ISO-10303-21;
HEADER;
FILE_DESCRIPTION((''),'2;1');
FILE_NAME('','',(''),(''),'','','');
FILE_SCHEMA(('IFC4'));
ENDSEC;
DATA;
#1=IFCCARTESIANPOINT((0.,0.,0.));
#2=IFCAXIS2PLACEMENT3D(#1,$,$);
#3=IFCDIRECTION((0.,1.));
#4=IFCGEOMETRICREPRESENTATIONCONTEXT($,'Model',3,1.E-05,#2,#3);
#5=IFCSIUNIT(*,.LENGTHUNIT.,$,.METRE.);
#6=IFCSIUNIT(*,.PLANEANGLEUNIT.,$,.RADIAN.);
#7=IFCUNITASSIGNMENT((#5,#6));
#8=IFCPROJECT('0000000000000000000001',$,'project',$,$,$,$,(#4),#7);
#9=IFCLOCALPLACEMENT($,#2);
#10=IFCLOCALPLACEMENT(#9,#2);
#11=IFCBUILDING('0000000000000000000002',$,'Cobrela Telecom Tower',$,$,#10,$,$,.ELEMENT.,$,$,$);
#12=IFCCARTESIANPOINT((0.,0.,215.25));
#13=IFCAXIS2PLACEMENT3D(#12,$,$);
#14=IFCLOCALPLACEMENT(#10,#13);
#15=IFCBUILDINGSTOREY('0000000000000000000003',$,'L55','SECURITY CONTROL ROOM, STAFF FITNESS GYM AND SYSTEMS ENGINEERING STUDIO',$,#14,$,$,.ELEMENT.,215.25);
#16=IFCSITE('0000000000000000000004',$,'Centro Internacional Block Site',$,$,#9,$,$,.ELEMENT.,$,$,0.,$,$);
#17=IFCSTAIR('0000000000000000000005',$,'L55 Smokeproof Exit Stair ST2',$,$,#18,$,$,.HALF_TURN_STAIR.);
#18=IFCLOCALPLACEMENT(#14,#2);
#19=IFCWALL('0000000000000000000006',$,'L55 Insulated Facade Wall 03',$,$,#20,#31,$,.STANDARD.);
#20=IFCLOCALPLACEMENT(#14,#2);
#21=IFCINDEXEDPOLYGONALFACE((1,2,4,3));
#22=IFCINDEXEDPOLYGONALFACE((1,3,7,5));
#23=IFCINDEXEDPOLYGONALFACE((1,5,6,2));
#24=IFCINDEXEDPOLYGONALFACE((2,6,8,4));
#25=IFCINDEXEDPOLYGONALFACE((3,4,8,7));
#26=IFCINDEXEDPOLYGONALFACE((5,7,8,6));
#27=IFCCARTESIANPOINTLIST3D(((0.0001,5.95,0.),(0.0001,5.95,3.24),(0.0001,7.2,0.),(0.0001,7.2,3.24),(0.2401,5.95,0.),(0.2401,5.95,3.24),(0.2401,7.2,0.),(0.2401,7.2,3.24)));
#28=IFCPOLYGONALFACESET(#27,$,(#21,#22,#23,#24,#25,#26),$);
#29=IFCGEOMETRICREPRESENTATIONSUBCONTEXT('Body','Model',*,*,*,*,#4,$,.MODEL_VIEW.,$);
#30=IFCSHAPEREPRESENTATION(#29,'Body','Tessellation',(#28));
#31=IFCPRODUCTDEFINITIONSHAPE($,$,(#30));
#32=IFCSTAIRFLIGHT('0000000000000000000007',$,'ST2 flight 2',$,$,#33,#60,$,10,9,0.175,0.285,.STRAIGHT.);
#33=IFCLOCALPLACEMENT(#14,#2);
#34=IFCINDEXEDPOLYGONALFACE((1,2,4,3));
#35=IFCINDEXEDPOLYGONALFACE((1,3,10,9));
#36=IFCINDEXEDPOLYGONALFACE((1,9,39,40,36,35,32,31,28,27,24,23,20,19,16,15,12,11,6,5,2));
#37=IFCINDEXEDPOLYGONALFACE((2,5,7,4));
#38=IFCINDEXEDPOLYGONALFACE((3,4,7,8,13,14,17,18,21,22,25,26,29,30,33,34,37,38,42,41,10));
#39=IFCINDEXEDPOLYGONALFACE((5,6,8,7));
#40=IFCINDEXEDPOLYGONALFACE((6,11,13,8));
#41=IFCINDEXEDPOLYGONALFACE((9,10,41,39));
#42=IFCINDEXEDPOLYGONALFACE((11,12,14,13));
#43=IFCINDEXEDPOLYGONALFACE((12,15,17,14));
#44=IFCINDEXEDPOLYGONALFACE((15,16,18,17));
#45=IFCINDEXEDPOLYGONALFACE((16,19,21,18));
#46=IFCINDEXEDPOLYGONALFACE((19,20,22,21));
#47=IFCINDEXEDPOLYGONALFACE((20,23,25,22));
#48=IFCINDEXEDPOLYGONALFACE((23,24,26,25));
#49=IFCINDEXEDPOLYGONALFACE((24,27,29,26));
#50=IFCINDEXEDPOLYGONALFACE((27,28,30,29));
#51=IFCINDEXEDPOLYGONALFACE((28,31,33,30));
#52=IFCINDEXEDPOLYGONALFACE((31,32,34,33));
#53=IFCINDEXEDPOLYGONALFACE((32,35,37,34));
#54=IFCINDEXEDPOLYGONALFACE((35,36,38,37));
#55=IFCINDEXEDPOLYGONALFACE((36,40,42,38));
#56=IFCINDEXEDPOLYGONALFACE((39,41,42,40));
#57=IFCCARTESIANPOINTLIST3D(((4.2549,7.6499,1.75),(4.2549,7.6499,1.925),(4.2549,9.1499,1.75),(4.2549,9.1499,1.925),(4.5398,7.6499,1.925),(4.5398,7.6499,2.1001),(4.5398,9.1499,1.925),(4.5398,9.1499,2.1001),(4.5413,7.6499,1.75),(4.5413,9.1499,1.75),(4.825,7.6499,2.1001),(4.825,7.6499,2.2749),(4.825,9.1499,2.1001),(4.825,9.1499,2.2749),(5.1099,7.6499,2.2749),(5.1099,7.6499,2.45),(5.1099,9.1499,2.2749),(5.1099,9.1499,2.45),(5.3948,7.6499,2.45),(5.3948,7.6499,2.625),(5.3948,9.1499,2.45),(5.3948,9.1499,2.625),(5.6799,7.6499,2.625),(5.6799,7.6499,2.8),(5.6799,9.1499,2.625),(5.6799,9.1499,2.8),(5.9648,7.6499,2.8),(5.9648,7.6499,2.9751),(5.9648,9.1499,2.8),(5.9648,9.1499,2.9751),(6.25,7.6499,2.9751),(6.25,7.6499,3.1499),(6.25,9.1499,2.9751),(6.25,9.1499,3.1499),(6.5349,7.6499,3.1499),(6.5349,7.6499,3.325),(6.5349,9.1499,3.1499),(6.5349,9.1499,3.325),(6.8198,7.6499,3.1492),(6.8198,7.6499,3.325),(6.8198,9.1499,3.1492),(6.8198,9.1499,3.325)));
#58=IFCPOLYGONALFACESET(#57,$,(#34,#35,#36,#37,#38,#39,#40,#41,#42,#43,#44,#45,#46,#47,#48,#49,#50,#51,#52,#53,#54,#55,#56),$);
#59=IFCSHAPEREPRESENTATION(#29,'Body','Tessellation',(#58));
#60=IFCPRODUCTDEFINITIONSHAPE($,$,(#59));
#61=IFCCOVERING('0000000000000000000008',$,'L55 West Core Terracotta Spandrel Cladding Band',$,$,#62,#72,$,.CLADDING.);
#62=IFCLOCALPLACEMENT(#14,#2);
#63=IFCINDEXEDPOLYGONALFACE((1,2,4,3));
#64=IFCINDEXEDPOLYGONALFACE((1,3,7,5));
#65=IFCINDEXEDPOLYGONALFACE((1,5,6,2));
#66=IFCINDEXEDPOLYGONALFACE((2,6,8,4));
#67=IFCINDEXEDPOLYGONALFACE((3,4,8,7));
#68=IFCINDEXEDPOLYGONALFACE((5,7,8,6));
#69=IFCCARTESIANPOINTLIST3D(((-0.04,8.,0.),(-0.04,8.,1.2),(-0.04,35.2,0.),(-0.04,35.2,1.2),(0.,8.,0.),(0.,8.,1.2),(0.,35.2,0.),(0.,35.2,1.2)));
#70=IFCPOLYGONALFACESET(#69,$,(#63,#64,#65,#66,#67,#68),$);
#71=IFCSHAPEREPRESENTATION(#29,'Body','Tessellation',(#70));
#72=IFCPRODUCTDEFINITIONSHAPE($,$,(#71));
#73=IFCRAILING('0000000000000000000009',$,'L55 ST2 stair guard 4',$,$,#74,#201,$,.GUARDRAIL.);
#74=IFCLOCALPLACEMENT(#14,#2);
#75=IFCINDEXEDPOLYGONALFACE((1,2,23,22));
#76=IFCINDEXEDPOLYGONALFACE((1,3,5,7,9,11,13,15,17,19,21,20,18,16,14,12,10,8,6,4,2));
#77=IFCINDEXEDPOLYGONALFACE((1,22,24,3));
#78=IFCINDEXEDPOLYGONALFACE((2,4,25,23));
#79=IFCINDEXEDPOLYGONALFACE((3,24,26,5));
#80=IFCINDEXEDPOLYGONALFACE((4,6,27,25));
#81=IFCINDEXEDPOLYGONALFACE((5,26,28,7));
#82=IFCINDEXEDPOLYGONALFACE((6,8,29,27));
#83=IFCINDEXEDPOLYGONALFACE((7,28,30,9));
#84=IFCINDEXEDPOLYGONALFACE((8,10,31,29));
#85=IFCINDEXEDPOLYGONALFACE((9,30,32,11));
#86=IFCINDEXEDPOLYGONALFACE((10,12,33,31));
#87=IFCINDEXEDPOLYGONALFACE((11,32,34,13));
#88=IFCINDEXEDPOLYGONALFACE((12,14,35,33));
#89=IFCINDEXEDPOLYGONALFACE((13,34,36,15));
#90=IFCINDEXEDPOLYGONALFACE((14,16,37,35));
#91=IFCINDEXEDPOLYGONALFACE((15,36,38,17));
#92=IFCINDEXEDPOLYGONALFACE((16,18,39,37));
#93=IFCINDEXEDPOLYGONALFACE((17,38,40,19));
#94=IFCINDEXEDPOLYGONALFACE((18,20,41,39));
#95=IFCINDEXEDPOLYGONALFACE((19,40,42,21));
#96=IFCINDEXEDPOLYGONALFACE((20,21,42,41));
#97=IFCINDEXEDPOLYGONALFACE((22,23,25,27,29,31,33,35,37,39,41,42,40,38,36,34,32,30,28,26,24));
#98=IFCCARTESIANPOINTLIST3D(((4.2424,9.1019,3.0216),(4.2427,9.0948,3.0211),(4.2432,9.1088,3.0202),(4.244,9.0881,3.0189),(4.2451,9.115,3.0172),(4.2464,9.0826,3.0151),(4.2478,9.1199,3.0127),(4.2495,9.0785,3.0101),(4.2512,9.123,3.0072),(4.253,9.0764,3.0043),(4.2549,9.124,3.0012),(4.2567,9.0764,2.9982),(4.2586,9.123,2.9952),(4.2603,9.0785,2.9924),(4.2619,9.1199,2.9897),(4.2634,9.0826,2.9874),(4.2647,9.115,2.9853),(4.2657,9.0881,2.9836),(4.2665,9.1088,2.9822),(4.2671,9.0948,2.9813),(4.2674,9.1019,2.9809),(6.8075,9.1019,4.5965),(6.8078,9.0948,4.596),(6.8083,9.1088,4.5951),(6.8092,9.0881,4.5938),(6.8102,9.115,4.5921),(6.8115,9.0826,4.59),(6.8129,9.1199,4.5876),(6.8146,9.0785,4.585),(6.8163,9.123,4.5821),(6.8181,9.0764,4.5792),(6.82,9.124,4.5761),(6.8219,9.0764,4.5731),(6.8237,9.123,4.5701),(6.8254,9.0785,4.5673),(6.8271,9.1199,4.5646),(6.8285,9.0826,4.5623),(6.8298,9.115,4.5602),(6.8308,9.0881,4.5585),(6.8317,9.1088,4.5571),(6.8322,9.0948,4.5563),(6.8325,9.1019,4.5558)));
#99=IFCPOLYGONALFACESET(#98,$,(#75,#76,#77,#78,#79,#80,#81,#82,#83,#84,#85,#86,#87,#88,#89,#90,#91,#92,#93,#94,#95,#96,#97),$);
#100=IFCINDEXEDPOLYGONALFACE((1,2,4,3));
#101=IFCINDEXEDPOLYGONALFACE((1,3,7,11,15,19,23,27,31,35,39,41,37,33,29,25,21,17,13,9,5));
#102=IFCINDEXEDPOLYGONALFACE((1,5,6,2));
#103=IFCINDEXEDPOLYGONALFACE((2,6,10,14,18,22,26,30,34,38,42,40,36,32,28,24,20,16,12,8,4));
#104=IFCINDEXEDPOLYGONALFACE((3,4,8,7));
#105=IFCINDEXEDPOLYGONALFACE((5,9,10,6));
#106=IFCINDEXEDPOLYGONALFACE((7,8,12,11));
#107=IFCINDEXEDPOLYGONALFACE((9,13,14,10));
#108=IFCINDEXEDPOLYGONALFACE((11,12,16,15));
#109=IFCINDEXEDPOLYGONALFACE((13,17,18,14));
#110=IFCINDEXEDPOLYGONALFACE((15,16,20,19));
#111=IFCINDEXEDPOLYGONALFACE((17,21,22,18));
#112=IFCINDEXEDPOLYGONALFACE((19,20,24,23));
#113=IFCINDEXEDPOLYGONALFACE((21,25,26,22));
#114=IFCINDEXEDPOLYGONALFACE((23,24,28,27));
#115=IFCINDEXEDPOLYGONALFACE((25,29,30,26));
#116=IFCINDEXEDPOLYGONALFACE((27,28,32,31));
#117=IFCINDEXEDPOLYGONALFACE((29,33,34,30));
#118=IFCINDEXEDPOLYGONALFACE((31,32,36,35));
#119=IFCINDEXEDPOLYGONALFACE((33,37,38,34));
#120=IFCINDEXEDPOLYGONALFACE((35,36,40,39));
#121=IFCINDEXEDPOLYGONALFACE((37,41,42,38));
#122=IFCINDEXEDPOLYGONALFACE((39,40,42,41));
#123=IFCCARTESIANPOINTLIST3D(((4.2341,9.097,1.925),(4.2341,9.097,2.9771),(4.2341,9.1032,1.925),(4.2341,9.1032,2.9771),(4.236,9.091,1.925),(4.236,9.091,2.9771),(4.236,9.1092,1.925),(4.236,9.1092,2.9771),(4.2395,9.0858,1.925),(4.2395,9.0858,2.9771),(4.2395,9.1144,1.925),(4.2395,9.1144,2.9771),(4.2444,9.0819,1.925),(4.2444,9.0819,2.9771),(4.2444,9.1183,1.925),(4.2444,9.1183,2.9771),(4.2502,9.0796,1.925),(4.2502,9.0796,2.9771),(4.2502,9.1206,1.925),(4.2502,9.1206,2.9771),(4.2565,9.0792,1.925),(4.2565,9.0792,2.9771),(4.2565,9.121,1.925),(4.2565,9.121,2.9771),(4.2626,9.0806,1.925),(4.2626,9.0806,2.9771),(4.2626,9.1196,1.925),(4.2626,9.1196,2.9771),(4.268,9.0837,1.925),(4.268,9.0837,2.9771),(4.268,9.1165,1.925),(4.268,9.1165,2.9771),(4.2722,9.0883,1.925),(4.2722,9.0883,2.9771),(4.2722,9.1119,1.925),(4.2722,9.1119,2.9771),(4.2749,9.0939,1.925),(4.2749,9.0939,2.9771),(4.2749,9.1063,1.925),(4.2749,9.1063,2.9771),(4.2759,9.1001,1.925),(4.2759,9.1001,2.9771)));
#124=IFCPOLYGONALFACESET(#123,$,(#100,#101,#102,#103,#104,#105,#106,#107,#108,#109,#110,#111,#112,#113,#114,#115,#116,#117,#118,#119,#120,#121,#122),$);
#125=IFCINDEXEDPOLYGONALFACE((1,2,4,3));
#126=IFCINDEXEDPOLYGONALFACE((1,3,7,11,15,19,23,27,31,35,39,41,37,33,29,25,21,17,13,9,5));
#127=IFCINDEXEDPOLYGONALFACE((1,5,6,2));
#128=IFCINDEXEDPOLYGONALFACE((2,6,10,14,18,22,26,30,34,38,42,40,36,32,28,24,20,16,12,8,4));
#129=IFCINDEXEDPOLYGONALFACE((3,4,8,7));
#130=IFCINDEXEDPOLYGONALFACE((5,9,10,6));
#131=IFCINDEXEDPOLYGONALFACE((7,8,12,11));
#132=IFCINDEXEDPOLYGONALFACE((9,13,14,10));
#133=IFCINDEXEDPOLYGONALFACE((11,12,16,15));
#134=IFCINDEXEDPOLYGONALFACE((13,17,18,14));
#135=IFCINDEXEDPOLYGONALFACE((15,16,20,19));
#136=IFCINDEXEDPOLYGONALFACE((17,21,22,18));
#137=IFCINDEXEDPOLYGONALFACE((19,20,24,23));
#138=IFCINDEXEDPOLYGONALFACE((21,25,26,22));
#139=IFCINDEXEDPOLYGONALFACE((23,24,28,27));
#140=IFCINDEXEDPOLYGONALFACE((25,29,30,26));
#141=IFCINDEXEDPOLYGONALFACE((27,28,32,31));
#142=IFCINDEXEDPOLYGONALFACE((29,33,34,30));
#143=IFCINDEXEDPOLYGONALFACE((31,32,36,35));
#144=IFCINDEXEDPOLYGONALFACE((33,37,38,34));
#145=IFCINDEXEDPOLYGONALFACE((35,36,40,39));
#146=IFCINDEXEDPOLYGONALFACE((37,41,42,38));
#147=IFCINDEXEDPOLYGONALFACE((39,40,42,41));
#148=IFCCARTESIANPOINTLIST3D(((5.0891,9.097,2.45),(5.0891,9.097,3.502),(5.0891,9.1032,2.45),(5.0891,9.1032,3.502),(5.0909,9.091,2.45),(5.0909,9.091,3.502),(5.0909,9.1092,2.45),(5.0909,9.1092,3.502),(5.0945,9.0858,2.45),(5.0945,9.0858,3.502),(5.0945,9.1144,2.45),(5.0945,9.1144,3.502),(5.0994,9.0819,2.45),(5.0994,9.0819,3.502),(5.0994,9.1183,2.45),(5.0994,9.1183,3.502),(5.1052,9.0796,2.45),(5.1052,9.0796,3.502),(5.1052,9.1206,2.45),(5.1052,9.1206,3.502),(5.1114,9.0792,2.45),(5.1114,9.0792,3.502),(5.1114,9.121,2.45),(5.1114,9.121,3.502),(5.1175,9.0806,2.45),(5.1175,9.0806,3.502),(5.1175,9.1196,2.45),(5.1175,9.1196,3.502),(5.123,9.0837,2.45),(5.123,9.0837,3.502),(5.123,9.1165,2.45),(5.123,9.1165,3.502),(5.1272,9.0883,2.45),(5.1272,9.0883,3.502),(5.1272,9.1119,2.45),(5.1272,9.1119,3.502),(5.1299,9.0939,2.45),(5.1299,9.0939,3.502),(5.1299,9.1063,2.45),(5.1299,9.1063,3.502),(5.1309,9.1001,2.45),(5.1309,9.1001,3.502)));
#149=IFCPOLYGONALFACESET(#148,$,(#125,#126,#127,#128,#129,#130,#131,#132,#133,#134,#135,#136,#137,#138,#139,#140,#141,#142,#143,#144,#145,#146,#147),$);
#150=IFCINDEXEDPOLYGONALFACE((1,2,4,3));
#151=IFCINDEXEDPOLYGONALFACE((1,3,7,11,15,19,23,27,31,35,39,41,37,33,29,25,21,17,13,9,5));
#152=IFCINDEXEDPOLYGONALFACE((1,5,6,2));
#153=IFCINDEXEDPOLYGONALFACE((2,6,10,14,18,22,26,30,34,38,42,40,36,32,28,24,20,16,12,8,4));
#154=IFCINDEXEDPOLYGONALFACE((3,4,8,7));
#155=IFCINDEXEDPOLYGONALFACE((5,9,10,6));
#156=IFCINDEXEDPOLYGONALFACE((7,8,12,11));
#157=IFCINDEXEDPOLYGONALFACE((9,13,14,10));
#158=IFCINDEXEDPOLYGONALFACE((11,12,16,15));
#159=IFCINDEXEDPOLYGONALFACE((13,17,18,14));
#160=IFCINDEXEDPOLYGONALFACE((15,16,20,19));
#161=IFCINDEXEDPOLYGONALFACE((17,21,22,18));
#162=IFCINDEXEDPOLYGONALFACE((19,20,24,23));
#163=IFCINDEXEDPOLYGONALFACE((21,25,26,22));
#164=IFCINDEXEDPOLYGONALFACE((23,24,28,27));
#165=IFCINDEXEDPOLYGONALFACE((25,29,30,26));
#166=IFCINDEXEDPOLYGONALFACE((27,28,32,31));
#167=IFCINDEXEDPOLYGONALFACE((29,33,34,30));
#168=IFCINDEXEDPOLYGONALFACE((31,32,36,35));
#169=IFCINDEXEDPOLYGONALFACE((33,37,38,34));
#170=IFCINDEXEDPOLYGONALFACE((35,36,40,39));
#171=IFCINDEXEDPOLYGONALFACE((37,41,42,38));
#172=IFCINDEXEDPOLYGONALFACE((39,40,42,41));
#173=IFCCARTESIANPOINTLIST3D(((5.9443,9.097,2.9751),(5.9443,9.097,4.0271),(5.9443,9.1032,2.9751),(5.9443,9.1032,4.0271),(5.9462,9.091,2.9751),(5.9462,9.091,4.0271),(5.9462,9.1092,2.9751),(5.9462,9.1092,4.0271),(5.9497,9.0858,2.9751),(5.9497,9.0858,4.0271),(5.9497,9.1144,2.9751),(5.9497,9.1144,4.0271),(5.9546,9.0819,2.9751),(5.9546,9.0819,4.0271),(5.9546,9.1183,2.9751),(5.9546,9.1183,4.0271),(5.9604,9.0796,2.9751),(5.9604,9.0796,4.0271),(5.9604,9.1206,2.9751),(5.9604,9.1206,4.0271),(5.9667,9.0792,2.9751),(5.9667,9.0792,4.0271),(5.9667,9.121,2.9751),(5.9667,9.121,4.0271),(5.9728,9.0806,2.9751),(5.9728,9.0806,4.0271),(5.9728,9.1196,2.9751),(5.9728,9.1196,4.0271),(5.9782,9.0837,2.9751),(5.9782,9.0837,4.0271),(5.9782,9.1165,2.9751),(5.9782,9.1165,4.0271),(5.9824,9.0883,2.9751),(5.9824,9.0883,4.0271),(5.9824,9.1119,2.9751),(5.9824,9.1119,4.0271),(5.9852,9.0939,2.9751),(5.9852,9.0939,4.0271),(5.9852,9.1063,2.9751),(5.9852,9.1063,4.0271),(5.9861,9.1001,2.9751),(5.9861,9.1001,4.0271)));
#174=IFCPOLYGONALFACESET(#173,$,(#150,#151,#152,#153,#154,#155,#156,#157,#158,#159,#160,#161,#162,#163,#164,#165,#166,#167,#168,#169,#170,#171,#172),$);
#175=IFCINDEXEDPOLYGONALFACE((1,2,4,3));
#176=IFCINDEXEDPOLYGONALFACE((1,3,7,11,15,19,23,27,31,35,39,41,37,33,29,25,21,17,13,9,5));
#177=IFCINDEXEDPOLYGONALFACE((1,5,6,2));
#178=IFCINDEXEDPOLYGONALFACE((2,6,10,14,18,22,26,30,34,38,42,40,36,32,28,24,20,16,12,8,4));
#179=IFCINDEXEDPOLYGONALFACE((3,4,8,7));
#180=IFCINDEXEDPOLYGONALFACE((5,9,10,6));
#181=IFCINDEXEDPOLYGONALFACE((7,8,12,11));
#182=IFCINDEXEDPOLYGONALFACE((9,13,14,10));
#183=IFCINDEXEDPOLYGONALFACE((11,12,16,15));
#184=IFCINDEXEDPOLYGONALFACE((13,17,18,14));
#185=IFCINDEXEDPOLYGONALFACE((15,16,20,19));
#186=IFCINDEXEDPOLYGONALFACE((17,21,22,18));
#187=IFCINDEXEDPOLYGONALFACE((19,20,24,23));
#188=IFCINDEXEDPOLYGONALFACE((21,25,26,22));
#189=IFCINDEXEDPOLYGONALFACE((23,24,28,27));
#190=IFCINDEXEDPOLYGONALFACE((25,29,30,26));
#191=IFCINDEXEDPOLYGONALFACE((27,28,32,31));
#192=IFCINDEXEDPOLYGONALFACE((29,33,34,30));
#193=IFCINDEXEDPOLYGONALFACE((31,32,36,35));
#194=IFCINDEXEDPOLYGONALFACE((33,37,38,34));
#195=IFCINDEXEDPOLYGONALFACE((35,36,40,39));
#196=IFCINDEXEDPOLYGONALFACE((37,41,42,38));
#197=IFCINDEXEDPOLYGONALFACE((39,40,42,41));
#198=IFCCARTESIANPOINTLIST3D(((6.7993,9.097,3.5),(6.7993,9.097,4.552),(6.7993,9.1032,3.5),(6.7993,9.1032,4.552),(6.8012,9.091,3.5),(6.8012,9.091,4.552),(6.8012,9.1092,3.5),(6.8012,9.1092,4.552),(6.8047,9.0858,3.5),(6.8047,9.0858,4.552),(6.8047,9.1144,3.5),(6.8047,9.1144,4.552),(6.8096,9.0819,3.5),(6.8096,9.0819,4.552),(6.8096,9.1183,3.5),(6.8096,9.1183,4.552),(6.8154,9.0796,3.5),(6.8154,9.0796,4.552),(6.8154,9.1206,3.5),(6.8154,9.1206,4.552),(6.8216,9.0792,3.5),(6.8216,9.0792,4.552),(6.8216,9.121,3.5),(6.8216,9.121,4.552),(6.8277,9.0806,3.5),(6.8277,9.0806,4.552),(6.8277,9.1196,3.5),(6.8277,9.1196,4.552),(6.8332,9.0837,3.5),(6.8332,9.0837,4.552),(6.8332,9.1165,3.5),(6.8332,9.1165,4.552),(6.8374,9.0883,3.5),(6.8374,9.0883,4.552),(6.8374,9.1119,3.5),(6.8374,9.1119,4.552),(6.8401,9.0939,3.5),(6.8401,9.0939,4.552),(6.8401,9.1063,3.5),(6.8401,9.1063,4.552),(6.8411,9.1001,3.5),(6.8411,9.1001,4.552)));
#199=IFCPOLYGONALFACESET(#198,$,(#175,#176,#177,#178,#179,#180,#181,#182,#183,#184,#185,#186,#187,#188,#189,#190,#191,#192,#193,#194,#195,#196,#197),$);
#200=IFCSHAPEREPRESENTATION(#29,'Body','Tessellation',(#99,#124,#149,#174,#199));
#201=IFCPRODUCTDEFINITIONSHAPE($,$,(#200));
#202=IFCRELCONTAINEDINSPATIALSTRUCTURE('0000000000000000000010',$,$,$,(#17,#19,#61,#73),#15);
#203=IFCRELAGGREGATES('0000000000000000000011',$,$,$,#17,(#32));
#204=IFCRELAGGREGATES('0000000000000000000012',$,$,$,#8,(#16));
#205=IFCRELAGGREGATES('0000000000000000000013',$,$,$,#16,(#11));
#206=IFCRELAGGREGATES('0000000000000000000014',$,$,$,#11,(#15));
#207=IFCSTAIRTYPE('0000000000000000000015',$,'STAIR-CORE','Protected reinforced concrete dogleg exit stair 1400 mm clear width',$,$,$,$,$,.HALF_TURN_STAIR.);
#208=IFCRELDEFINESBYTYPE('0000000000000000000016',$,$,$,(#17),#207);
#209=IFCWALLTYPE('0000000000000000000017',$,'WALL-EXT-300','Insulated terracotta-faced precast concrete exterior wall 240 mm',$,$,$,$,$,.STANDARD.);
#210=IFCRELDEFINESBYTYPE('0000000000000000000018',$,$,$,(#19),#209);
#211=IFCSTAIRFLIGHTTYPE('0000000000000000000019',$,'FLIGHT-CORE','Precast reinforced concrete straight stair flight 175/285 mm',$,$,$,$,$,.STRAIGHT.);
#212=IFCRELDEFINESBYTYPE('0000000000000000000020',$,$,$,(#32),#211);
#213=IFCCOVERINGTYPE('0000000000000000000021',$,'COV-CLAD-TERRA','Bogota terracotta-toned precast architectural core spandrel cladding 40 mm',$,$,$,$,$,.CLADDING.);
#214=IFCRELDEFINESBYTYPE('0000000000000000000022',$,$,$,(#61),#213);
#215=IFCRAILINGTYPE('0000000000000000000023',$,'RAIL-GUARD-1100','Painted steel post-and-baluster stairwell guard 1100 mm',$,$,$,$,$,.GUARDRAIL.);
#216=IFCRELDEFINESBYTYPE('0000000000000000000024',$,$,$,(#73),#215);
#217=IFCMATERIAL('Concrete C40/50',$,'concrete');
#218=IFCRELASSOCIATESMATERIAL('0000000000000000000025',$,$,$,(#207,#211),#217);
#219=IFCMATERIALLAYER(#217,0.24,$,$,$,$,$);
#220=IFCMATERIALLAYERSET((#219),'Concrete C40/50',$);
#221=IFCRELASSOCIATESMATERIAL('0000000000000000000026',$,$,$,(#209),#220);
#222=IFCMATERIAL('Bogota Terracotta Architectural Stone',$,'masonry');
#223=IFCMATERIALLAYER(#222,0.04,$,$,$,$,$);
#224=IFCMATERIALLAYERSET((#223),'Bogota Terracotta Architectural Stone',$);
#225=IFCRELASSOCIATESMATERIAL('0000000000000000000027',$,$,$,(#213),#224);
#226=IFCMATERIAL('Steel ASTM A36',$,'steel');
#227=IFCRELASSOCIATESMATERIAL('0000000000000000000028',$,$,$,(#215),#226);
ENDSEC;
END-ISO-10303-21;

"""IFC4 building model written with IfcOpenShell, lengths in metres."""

from ifc_helpers import new_model, si_unit, direction, frame, frame_2d, origin, origin_2d, place, context, subcontext, project, spatial, polyline, rectangle, circle, outline, extrude, material, layer, layer_set, type_object, element, aggregate, save


model = new_model("IFC4")

# Units and contexts
model_context = context("Model", 3, precision=1e-05, world=origin(), true_north=direction((0.0, 1.0)))
body_context = subcontext(model_context, "Body", "Model", "MODEL_VIEW")
ifc_project = project(units=[si_unit("LENGTHUNIT", "METRE"), si_unit("PLANEANGLEUNIT", "RADIAN")], contexts=[model_context])

# Site, building, storey
site_placement = place(None, origin())
site = spatial("IfcSite", under=ifc_project, at=site_placement, Name="Centro Internacional Block Site", CompositionType="ELEMENT", RefElevation=0.0)
building_placement = place(site_placement, origin())
building = spatial("IfcBuilding", under=site, at=building_placement, Name="Cobrela Telecom Tower", CompositionType="ELEMENT")
storey_placement = place(building_placement, frame((0.0, 0.0, 215.25)))
storey = spatial("IfcBuildingStorey", under=building, at=storey_placement, Name="L55", Description="SECURITY CONTROL ROOM, STAFF FITNESS GYM AND SYSTEMS ENGINEERING STUDIO", CompositionType="ELEMENT", Elevation=215.25)

# Shared definitions
ifc_material_1 = material(Name="Concrete C40/50", Category="concrete")

# Stair
stair_type = type_object("IfcStairType", Name="STAIR-CORE", Description="Protected reinforced concrete dogleg exit stair 1400 mm clear width", PredefinedType="HALF_TURN_STAIR", material=ifc_material_1)
stair_1_placement = place(storey_placement, origin())
stair_1 = element("IfcStair", 1, at=stair_1_placement, inside=storey, type_object=stair_type, Name="L55 Smokeproof Exit Stair ST2", PredefinedType="HALF_TURN_STAIR")

# Wall
ifc_layer_1 = layer(ifc_material_1, 0.24)
ifc_layer_set_1 = layer_set([ifc_layer_1], Name="Concrete C40/50")
wall_type_1 = type_object("IfcWallType", Name="WALL-EXT-300", Description="Insulated terracotta-faced precast concrete exterior wall 240 mm", PredefinedType="STANDARD", material=ifc_layer_set_1)
wall_1_placement = place(storey_placement, frame((0.1201, 5.95, 0.0), z_axis=(0.0, 0.0, 1.0), x_axis=(0.0, 1.0, 0.0)))
element("IfcWall", 2, at=wall_1_placement, inside=storey, type_object=wall_type_1, Name="L55 Insulated Facade Wall 03", PredefinedType="STANDARD", context=body_context, shape_type="SweptSolid", body=[
    extrude(rectangle(XDim=1.25, YDim=0.24, at=frame_2d((0.625, 0.0))), origin(), (0.0, 0.0, 1.0), 3.24),
])

# Stair flight
stair_flight_type = type_object("IfcStairFlightType", Name="FLIGHT-CORE", Description="Precast reinforced concrete straight stair flight 175/285 mm", PredefinedType="STRAIGHT", material=ifc_material_1)
stair_flight_placement = place(storey_placement, frame((4.2549, 8.3999, 1.75), z_axis=(0.0, 0.0, 1.0), x_axis=(1.0, 0.0, 0.0)))
stair_flight = element("IfcStairFlight", 3, at=stair_flight_placement, type_object=stair_flight_type, Name="ST2 flight 2", NumberOfRisers=10, NumberOfTreads=9, PredefinedType="STRAIGHT", RiserHeight=0.175, TreadLength=0.285, context=body_context, shape_type="SweptSolid", body=[
    extrude(outline(polyline([(0.0, 0.0), (0.0, 0.175), (0.2849, 0.175), (0.2849, 0.3501), (0.5701, 0.3501), (0.5701, 0.5249), (0.855, 0.5249), (0.855, 0.7), (1.1399, 0.7), (1.1399, 0.875), (1.425, 0.875), (1.425, 1.05), (1.71, 1.05), (1.71, 1.2251), (1.9951, 1.2251), (1.9951, 1.3999), (2.28, 1.3999), (2.28, 1.575), (2.5649, 1.575), (2.5649, 1.75), (2.5649, 1.3992), (0.2864, 0.0), (0.0, 0.0)])), frame((0.0, 0.75, 0.0), z_axis=(0.0, -1.0, 0.0), x_axis=(1.0, 0.0, 0.0)), (0.0, 0.0, 1.0), 1.5),
])
aggregate(stair_1, [stair_flight])

# Covering
ifc_material_2 = material(Name="Bogota Terracotta Architectural Stone", Category="masonry")
ifc_layer_2 = layer(ifc_material_2, 0.04)
ifc_layer_set_2 = layer_set([ifc_layer_2], Name="Bogota Terracotta Architectural Stone")
covering_type = type_object("IfcCoveringType", Name="COV-CLAD-TERRA", Description="Bogota terracotta-toned precast architectural core spandrel cladding 40 mm", PredefinedType="CLADDING", material=ifc_layer_set_2)
covering_placement = place(storey_placement, origin())
element("IfcCovering", 4, at=covering_placement, inside=storey, type_object=covering_type, Name="L55 West Core Terracotta Spandrel Cladding Band", PredefinedType="CLADDING", context=body_context, shape_type="SweptSolid", body=[
    extrude(outline(polyline([(-0.04, 8.0), (0.0, 8.0), (0.0, 35.2), (-0.04, 35.2), (-0.04, 8.0)])), origin(), (0.0, 0.0, 1.0), 1.2),
])

# Railing
ifc_material_3 = material(Name="Steel ASTM A36", Category="steel")
railing_type_1 = type_object("IfcRailingType", Name="RAIL-GUARD-1100", Description="Painted steel post-and-baluster stairwell guard 1100 mm", PredefinedType="GUARDRAIL", material=ifc_material_3)
railing_1_placement = place(storey_placement, frame((4.2549, 9.1001, 1.925)))
element("IfcRailing", 5, at=railing_1_placement, inside=storey, type_object=railing_type_1, Name="L55 ST2 stair guard 4", PredefinedType="GUARDRAIL", context=body_context, shape_type="SweptSolid", body=[
    extrude(circle(Radius=0.0239, at=origin_2d()), frame((0.0, 0.0, 1.0762), z_axis=(0.852195, 0.0, 0.523224), x_axis=(0.0, 1.0, 0.0)), (0.0, 0.0, 1.0), 3.01),
    extrude(circle(Radius=0.021, at=origin_2d()), origin(), (0.0, 0.0, 1.0), 1.052),
    extrude(circle(Radius=0.021, at=origin_2d()), frame((0.855, 0.0, 0.5249)), (0.0, 0.0, 1.0), 1.052),
    extrude(circle(Radius=0.021, at=origin_2d()), frame((1.7102, 0.0, 1.05)), (0.0, 0.0, 1.0), 1.052),
    extrude(circle(Radius=0.021, at=origin_2d()), frame((2.5652, 0.0, 1.575)), (0.0, 0.0, 1.0), 1.052),
])

save(model, "model.ifc")
